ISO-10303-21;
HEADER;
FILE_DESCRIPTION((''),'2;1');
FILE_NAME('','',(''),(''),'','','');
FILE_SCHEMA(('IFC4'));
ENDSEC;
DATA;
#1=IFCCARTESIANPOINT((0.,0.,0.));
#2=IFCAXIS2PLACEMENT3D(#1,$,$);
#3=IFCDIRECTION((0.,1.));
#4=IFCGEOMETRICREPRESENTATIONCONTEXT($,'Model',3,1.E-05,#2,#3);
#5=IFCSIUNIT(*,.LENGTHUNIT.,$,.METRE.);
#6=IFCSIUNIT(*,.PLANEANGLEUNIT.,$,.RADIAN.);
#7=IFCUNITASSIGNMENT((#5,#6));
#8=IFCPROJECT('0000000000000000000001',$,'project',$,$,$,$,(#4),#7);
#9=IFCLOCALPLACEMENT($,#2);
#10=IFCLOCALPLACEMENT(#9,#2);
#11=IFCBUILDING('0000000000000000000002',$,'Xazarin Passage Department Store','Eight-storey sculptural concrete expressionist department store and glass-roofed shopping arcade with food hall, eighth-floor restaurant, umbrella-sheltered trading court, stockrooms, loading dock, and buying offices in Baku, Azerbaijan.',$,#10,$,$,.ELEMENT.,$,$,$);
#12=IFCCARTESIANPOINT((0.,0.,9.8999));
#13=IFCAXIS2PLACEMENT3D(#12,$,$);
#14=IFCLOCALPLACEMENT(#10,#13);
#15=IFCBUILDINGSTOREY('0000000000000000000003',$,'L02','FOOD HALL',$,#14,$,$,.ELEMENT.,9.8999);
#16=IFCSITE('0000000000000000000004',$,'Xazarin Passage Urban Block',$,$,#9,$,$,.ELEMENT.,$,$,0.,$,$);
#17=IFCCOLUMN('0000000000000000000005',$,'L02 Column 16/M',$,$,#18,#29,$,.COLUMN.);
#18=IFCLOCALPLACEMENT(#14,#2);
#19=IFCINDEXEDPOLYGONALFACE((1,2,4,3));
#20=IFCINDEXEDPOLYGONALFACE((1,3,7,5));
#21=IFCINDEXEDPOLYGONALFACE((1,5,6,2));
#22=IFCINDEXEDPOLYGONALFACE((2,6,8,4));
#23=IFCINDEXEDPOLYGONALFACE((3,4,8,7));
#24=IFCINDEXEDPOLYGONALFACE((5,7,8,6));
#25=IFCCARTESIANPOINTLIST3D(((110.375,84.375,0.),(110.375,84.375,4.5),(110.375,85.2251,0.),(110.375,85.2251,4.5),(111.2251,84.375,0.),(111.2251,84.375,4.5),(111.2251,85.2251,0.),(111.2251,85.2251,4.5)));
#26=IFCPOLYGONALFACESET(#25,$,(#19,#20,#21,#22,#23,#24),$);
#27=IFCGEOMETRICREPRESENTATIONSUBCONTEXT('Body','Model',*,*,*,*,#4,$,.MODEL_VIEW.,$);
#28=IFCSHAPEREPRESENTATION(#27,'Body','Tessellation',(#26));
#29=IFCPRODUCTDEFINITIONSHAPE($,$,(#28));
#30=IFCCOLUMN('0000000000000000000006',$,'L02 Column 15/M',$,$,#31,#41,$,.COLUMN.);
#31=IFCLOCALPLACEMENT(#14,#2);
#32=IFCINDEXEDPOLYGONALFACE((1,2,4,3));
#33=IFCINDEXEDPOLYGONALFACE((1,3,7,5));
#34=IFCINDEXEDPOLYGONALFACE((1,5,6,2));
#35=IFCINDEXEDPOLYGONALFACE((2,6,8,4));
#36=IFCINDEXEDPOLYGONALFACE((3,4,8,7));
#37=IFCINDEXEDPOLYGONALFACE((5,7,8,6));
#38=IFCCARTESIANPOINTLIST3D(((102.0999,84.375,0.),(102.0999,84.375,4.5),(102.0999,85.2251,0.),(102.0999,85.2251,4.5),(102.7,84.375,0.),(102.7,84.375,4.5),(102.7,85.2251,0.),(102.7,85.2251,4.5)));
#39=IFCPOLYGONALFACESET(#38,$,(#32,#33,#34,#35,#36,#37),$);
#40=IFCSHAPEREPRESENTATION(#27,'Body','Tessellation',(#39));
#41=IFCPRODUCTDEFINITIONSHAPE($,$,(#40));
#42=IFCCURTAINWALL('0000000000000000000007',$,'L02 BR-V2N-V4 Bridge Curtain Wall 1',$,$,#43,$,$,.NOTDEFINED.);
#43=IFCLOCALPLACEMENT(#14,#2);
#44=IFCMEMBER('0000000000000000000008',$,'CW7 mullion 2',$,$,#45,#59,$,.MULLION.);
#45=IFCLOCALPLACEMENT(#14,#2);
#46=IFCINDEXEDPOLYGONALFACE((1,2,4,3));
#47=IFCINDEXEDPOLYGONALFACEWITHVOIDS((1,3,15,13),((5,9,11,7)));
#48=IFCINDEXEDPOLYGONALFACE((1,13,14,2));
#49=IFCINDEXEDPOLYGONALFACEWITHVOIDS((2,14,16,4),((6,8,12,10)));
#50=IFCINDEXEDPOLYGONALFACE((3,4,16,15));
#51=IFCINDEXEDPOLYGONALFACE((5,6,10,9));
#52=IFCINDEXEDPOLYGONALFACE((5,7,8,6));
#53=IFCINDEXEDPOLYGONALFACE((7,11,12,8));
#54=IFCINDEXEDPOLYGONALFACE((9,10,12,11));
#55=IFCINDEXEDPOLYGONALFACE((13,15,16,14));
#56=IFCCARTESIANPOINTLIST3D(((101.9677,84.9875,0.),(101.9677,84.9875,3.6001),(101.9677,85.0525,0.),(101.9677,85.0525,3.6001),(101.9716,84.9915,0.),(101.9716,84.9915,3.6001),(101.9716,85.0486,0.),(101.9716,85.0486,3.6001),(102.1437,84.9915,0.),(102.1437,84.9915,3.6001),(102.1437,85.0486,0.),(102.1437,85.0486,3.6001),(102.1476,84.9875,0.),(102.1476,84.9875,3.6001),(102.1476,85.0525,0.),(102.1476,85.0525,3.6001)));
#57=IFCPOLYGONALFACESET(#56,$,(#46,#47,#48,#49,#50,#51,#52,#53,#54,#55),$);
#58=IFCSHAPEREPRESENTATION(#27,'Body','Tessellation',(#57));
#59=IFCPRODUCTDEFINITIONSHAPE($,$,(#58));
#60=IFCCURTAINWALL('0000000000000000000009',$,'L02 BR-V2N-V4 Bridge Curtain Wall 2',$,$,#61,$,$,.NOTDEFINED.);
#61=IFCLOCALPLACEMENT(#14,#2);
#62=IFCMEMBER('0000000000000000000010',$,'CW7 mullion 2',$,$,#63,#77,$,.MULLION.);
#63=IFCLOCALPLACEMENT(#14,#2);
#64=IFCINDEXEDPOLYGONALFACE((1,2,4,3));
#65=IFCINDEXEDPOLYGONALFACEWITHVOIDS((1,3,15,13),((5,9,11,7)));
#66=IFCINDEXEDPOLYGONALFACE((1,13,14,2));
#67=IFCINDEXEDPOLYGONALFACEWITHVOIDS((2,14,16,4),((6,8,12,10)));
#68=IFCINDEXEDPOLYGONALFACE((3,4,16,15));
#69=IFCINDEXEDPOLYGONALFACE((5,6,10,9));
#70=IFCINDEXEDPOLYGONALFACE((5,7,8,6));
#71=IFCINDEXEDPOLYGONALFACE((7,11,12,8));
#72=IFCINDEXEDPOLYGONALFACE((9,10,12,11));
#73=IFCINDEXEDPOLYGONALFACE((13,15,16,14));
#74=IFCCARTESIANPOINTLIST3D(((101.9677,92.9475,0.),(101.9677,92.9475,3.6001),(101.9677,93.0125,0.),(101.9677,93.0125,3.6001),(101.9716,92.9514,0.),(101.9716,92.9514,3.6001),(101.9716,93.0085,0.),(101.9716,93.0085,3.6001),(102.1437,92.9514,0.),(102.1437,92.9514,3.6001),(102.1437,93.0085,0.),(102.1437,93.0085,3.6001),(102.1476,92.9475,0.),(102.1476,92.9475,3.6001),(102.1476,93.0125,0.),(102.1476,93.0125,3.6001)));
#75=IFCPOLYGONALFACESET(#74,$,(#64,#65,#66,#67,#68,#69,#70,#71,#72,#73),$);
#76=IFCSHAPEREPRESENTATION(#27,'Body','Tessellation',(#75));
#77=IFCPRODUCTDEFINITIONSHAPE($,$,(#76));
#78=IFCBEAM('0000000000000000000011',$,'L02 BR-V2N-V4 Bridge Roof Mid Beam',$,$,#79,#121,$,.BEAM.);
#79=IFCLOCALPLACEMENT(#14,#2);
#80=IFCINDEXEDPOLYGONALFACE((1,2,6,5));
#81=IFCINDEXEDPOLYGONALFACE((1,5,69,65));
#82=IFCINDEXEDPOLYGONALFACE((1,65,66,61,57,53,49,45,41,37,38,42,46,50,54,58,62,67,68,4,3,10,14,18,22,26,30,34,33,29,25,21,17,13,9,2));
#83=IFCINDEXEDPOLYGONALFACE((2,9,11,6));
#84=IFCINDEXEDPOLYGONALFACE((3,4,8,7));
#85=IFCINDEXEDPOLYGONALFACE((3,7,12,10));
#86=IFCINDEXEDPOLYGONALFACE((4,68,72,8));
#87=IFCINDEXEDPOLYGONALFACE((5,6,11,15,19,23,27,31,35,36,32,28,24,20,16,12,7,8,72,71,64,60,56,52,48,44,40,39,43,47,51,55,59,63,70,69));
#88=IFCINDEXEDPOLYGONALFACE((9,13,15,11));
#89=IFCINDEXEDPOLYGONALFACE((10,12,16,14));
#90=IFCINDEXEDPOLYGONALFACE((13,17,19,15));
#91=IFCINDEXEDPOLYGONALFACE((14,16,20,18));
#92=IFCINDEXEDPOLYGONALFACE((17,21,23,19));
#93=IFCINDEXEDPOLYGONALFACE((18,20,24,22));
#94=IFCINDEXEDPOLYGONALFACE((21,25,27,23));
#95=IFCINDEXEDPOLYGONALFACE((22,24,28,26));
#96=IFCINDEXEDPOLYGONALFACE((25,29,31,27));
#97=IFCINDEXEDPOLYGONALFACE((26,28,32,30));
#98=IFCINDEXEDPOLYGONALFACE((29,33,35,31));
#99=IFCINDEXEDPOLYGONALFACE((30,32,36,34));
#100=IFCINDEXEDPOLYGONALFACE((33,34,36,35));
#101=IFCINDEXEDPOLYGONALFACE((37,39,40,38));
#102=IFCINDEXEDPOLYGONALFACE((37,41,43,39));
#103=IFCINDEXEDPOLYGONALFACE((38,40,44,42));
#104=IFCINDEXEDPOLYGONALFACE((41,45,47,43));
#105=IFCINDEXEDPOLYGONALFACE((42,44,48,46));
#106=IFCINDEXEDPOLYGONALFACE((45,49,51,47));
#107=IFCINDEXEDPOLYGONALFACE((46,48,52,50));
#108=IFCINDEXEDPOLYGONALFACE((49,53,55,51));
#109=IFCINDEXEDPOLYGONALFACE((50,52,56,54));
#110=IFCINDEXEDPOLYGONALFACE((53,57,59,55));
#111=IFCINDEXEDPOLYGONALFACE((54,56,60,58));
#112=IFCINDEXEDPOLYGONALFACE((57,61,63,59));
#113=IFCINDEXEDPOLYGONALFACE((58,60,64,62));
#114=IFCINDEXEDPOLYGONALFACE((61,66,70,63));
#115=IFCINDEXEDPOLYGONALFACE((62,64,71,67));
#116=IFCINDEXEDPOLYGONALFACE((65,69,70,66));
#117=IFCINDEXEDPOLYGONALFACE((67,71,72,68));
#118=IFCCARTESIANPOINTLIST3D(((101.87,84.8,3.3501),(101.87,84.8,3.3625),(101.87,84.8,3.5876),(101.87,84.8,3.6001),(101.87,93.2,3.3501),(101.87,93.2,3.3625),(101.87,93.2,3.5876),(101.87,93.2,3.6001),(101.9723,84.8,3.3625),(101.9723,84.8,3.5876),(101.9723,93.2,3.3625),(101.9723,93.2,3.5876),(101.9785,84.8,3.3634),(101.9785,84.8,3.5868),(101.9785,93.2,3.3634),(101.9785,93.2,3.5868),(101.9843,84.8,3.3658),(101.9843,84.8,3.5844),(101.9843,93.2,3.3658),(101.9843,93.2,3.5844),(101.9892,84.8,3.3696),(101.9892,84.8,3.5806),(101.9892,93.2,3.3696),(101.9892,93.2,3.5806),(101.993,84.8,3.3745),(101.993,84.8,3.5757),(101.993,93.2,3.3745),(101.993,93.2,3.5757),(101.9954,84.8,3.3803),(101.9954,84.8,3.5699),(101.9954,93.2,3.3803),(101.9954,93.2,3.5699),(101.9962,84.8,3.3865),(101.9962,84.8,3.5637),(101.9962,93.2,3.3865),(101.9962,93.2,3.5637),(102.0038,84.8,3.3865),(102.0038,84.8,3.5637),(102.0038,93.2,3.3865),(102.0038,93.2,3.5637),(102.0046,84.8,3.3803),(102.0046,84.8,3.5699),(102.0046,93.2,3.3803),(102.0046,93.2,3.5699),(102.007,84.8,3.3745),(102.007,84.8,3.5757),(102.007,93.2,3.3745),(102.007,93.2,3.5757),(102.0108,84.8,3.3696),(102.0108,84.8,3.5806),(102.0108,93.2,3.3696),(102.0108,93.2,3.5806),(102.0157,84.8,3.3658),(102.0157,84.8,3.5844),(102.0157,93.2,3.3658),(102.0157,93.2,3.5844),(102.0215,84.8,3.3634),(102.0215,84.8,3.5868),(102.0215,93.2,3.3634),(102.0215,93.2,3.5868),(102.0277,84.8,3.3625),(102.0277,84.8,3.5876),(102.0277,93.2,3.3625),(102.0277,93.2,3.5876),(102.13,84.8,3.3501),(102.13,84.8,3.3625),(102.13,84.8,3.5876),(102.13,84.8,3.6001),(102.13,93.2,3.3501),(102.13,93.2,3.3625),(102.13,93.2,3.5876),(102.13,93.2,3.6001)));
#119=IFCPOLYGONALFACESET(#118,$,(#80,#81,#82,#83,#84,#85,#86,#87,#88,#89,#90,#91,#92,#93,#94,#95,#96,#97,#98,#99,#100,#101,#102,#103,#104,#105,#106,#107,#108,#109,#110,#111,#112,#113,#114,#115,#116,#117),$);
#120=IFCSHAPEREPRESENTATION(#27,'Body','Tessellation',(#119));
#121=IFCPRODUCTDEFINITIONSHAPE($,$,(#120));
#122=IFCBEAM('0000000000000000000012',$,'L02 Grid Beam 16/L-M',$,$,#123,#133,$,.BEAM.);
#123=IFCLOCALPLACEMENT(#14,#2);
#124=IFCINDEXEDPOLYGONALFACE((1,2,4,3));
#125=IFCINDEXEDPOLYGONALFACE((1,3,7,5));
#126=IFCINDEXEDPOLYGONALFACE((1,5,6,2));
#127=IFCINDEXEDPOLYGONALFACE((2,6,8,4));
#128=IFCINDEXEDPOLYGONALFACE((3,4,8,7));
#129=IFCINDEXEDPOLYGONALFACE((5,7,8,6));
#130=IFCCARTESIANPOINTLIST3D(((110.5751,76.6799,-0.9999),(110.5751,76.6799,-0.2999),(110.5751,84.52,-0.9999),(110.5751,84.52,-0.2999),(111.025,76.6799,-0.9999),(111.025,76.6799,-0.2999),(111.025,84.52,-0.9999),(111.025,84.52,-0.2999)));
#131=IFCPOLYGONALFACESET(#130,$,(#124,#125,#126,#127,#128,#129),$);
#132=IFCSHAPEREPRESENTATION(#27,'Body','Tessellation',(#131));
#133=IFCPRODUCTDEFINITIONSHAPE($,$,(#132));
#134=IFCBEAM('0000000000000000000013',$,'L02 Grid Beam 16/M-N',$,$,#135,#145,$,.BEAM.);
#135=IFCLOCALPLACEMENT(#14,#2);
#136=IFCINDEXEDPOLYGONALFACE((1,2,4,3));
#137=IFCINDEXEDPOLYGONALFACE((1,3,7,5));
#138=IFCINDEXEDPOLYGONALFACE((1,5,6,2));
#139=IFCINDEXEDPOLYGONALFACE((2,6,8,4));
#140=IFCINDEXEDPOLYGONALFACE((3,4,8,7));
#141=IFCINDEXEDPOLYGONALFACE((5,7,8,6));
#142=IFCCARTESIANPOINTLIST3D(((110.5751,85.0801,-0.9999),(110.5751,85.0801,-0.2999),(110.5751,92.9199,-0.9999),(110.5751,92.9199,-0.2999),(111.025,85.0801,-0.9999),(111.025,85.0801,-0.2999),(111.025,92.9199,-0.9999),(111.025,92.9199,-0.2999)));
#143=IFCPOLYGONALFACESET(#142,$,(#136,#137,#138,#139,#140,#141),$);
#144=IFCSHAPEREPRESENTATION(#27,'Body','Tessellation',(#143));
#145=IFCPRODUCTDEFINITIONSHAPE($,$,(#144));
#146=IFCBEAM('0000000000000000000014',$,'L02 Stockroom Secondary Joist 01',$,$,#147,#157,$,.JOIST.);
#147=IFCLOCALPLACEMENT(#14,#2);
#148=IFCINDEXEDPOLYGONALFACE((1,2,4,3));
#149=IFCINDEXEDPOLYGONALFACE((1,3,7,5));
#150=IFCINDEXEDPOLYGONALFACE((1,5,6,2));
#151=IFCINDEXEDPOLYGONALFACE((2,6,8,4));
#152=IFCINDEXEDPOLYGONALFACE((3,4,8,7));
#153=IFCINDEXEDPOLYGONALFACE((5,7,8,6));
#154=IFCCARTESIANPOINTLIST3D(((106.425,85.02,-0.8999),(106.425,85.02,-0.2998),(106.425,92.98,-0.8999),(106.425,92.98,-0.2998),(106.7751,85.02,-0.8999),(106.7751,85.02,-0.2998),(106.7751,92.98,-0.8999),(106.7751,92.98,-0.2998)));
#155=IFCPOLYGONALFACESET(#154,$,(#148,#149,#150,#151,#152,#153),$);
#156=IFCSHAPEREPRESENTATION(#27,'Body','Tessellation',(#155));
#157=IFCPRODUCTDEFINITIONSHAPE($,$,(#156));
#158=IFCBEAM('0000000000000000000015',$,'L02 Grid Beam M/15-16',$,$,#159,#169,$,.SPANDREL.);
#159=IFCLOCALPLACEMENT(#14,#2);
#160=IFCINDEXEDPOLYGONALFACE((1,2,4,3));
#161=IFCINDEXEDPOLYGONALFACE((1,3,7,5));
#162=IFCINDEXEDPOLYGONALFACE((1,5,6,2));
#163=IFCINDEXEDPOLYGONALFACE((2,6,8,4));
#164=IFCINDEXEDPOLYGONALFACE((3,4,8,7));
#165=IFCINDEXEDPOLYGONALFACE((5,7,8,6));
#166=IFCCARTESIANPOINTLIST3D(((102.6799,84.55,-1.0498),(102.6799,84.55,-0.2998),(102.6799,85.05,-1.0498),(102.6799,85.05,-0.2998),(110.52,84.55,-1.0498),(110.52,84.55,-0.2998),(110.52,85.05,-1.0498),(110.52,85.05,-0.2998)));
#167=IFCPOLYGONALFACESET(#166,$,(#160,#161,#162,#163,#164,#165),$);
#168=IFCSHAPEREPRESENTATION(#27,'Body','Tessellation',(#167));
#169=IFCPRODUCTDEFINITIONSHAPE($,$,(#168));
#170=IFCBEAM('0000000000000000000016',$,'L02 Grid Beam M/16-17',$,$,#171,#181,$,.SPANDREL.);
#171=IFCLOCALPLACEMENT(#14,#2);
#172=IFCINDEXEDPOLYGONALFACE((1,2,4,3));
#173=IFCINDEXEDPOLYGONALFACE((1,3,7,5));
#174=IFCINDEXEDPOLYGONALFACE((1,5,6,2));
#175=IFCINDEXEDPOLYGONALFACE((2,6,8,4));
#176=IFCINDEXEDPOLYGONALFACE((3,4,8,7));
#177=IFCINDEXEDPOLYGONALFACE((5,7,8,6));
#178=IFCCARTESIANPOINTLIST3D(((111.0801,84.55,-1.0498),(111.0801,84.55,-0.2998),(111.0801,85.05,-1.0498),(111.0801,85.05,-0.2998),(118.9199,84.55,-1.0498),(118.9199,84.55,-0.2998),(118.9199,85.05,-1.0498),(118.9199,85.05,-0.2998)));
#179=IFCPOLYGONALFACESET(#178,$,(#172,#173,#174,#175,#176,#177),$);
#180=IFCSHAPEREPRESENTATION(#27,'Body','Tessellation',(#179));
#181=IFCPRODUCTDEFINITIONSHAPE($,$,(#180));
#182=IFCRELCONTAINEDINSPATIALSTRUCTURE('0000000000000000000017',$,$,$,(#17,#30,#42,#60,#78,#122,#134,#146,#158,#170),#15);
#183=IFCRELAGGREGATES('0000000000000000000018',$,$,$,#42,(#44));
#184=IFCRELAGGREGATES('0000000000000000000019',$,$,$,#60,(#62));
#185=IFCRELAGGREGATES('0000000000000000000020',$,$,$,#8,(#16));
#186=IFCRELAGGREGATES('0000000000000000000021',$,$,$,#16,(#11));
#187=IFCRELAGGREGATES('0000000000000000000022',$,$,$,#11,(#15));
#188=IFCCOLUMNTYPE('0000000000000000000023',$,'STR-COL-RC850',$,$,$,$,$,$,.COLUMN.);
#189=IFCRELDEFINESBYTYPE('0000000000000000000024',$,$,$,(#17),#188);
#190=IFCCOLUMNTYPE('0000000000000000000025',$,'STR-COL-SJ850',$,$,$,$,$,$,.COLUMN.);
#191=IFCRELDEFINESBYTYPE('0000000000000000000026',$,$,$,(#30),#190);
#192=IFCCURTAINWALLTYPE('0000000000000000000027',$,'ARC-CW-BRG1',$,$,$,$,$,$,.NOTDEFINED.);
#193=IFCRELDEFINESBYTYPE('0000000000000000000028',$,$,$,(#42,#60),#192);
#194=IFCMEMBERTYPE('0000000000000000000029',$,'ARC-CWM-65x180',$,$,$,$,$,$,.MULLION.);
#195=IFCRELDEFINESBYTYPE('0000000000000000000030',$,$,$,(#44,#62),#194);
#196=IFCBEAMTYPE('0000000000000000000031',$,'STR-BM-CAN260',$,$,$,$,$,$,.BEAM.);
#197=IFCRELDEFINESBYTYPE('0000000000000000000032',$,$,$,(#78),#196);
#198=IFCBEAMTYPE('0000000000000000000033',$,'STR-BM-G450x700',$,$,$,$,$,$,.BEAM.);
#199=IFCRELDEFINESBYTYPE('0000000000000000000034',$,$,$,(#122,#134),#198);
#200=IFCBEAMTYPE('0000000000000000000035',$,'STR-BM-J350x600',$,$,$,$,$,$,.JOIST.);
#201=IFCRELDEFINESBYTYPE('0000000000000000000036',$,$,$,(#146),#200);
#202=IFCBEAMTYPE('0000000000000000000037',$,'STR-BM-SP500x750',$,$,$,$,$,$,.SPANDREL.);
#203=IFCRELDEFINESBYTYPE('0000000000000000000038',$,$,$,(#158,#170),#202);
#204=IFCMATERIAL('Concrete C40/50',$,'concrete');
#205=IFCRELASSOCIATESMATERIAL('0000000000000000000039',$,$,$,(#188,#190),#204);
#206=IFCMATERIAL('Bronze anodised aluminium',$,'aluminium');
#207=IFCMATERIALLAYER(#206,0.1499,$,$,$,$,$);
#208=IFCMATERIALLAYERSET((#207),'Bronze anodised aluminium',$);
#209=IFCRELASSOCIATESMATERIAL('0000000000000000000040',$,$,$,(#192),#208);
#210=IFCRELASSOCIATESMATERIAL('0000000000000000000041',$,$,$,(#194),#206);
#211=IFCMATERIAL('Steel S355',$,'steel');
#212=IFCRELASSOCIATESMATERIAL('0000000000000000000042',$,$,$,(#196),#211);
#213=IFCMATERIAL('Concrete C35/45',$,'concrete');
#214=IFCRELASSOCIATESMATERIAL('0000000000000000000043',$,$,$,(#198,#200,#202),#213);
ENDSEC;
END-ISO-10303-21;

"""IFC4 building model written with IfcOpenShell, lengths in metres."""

from ifc_helpers import new_model, si_unit, direction, frame, origin, origin_2d, place, context, subcontext, project, spatial, rectangle, hollow_rectangle, i_section, extrude, material, layer, layer_set, material_profile, profile_set, type_object, element, aggregate, save


model = new_model("IFC4")

# Units and contexts
model_context = context("Model", 3, precision=1e-05, world=origin(), true_north=direction((0.0, 1.0)))
body_context = subcontext(model_context, "Body", "Model", "MODEL_VIEW")
ifc_project = project(units=[si_unit("LENGTHUNIT", "METRE"), si_unit("PLANEANGLEUNIT", "RADIAN")], contexts=[model_context])

# Site, building, storey
site_placement = place(None, origin())
site = spatial("IfcSite", under=ifc_project, at=site_placement, Name="Xazarin Passage Urban Block", CompositionType="ELEMENT", RefElevation=0.0)
building_placement = place(site_placement, origin())
building = spatial("IfcBuilding", under=site, at=building_placement, Name="Xazarin Passage Department Store", Description="Eight-storey sculptural concrete expressionist department store and glass-roofed shopping arcade with food hall, eighth-floor restaurant, umbrella-sheltered trading court, stockrooms, loading dock, and buying offices in Baku, Azerbaijan.", CompositionType="ELEMENT")
storey_placement = place(building_placement, frame((0.0, 0.0, 9.8999)))
storey = spatial("IfcBuildingStorey", under=building, at=storey_placement, Name="L02", Description="FOOD HALL", CompositionType="ELEMENT", Elevation=9.8999)

# Columns
ifc_material_1 = material(Name="Concrete C40/50", Category="concrete")
ifc_material_profile_1 = material_profile(ifc_material_1, rectangle(XDim=0.8501, YDim=0.8501, at=origin_2d()), Name="RC 850x850")
ifc_profile_set_1 = profile_set([ifc_material_profile_1], Name="Concrete C40/50")
column_type_1 = type_object("IfcColumnType", Name="STR-COL-RC850", PredefinedType="COLUMN", material=ifc_profile_set_1)
column_1_placement = place(storey_placement, frame((110.8, 84.8, 0.0), z_axis=(0.0, 0.0, 1.0), x_axis=(1.0, 0.0, 0.0)))
element("IfcColumn", 1, at=column_1_placement, inside=storey, type_object=column_type_1, Name="L02 Column 16/M", PredefinedType="COLUMN", context=body_context, shape_type="SweptSolid", body=[
    extrude(rectangle(XDim=0.8501, YDim=0.8501, at=origin_2d()), origin(), (0.0, 0.0, 1.0), 4.5),
])
ifc_material_profile_2 = material_profile(ifc_material_1, rectangle(XDim=0.6001, YDim=0.8501, at=origin_2d()), Name="RC 600x850")
ifc_profile_set_2 = profile_set([ifc_material_profile_2], Name="Concrete C40/50")
column_type_2 = type_object("IfcColumnType", Name="STR-COL-SJ850", PredefinedType="COLUMN", material=ifc_profile_set_2)
column_2_placement = place(storey_placement, frame((102.3999, 84.8, 0.0), z_axis=(0.0, 0.0, 1.0), x_axis=(1.0, 0.0, 0.0)))
element("IfcColumn", 2, at=column_2_placement, inside=storey, type_object=column_type_2, Name="L02 Column 15/M", PredefinedType="COLUMN", context=body_context, shape_type="SweptSolid", body=[
    extrude(rectangle(XDim=0.6001, YDim=0.8501, at=origin_2d()), origin(), (0.0, 0.0, 1.0), 4.5),
])

# Curtain walls, members
ifc_material_2 = material(Name="Bronze anodised aluminium", Category="aluminium")
ifc_layer_1 = layer(ifc_material_2, 0.1499)
ifc_layer_set_1 = layer_set([ifc_layer_1], Name="Bronze anodised aluminium")
curtain_wall_type = type_object("IfcCurtainWallType", Name="ARC-CW-BRG1", PredefinedType="NOTDEFINED", material=ifc_layer_set_1)
curtain_wall_1_placement = place(storey_placement, origin())
curtain_wall_1 = element("IfcCurtainWall", 3, at=curtain_wall_1_placement, inside=storey, type_object=curtain_wall_type, Name="L02 BR-V2N-V4 Bridge Curtain Wall 1", PredefinedType="NOTDEFINED")
ifc_material_profile_3 = material_profile(ifc_material_2, hollow_rectangle(XDim=0.0649, YDim=0.1799, WallThickness=0.0039, at=origin_2d()), Name="ALU 65x180")
ifc_profile_set_3 = profile_set([ifc_material_profile_3], Name="Bronze anodised aluminium")
member_type = type_object("IfcMemberType", Name="ARC-CWM-65x180", PredefinedType="MULLION", material=ifc_profile_set_3)
member_1_placement = place(storey_placement, frame((102.0576, 85.02, 0.0), z_axis=(0.0, 0.0, 1.0), x_axis=(0.0, 1.0, 0.0)))
member_1 = element("IfcMember", 4, at=member_1_placement, type_object=member_type, Name="CW7 mullion 2", PredefinedType="MULLION", context=body_context, shape_type="SweptSolid", body=[
    extrude(hollow_rectangle(XDim=0.0649, YDim=0.1799, WallThickness=0.0039, at=origin_2d()), origin(), (0.0, 0.0, 1.0), 3.6001),
])
curtain_wall_2_placement = place(storey_placement, origin())
curtain_wall_2 = element("IfcCurtainWall", 5, at=curtain_wall_2_placement, inside=storey, type_object=curtain_wall_type, Name="L02 BR-V2N-V4 Bridge Curtain Wall 2", PredefinedType="NOTDEFINED")
member_2_placement = place(storey_placement, frame((102.0576, 92.98, 0.0), z_axis=(0.0, 0.0, 1.0), x_axis=(0.0, 1.0, 0.0)))
member_2 = element("IfcMember", 6, at=member_2_placement, type_object=member_type, Name="CW7 mullion 2", PredefinedType="MULLION", context=body_context, shape_type="SweptSolid", body=[
    extrude(hollow_rectangle(XDim=0.0649, YDim=0.1799, WallThickness=0.0039, at=origin_2d()), origin(), (0.0, 0.0, 1.0), 3.6001),
])

# Beams
ifc_material_3 = material(Name="Steel S355", Category="steel")
ifc_material_profile_4 = material_profile(ifc_material_3, i_section(OverallWidth=0.26, OverallDepth=0.25, WebThickness=0.0076, FlangeThickness=0.0125, FilletRadius=0.0239, at=origin_2d()), Name="HEA 260")
ifc_profile_set_4 = profile_set([ifc_material_profile_4], Name="Steel S355")
beam_type_1 = type_object("IfcBeamType", Name="STR-BM-CAN260", PredefinedType="BEAM", material=ifc_profile_set_4)
beam_1_placement = place(storey_placement, frame((102.0, 84.8, 3.4751), z_axis=(0.0, 1.0, 0.0), x_axis=(-1.0, 0.0, 0.0)))
element("IfcBeam", 7, at=beam_1_placement, inside=storey, type_object=beam_type_1, Name="L02 BR-V2N-V4 Bridge Roof Mid Beam", PredefinedType="BEAM", context=body_context, shape_type="SweptSolid", body=[
    extrude(i_section(OverallWidth=0.26, OverallDepth=0.25, WebThickness=0.0076, FlangeThickness=0.0125, FilletRadius=0.0239, at=origin_2d()), origin(), (0.0, 0.0, 1.0), 8.3999),
])
ifc_material_4 = material(Name="Concrete C35/45", Category="concrete")
ifc_material_profile_5 = material_profile(ifc_material_4, rectangle(XDim=0.45, YDim=0.7, at=origin_2d()), Name="RC 450x700")
ifc_profile_set_5 = profile_set([ifc_material_profile_5], Name="Concrete C35/45")
beam_type_2 = type_object("IfcBeamType", Name="STR-BM-G450x700", PredefinedType="BEAM", material=ifc_profile_set_5)
beam_2_placement = place(storey_placement, frame((110.8, 76.6799, -0.6499), z_axis=(0.0, 1.0, 0.0), x_axis=(-1.0, 0.0, 0.0)))
element("IfcBeam", 8, at=beam_2_placement, inside=storey, type_object=beam_type_2, Name="L02 Grid Beam 16/L-M", PredefinedType="BEAM", context=body_context, shape_type="SweptSolid", body=[
    extrude(rectangle(XDim=0.45, YDim=0.7, at=origin_2d()), origin(), (0.0, 0.0, 1.0), 7.8401),
])
beam_3_placement = place(storey_placement, frame((110.8, 85.0801, -0.6499), z_axis=(0.0, 1.0, 0.0), x_axis=(-1.0, 0.0, 0.0)))
element("IfcBeam", 9, at=beam_3_placement, inside=storey, type_object=beam_type_2, Name="L02 Grid Beam 16/M-N", PredefinedType="BEAM", context=body_context, shape_type="SweptSolid", body=[
    extrude(rectangle(XDim=0.45, YDim=0.7, at=origin_2d()), origin(), (0.0, 0.0, 1.0), 7.8398),
])
ifc_material_profile_6 = material_profile(ifc_material_4, rectangle(XDim=0.3501, YDim=0.6001, at=origin_2d()), Name="RC 350x600")
ifc_profile_set_6 = profile_set([ifc_material_profile_6], Name="Concrete C35/45")
beam_type_3 = type_object("IfcBeamType", Name="STR-BM-J350x600", PredefinedType="JOIST", material=ifc_profile_set_6)
beam_4_placement = place(storey_placement, frame((106.6001, 85.02, -0.5999), z_axis=(0.0, 1.0, 0.0), x_axis=(-1.0, 0.0, 0.0)))
element("IfcBeam", 10, at=beam_4_placement, inside=storey, type_object=beam_type_3, Name="L02 Stockroom Secondary Joist 01", PredefinedType="JOIST", context=body_context, shape_type="SweptSolid", body=[
    extrude(rectangle(XDim=0.3501, YDim=0.6001, at=origin_2d()), origin(), (0.0, 0.0, 1.0), 7.96),
])
ifc_material_profile_7 = material_profile(ifc_material_4, rectangle(XDim=0.5, YDim=0.75, at=origin_2d()), Name="RC 500x750")
ifc_profile_set_7 = profile_set([ifc_material_profile_7], Name="Concrete C35/45")
beam_type_4 = type_object("IfcBeamType", Name="STR-BM-SP500x750", PredefinedType="SPANDREL", material=ifc_profile_set_7)
beam_5_placement = place(storey_placement, frame((102.6799, 84.8, -0.6748), z_axis=(1.0, 0.0, 0.0), x_axis=(0.0, 1.0, 0.0)))
element("IfcBeam", 11, at=beam_5_placement, inside=storey, type_object=beam_type_4, Name="L02 Grid Beam M/15-16", PredefinedType="SPANDREL", context=body_context, shape_type="SweptSolid", body=[
    extrude(rectangle(XDim=0.5, YDim=0.75, at=origin_2d()), origin(), (0.0, 0.0, 1.0), 7.8401),
])
beam_6_placement = place(storey_placement, frame((111.0801, 84.8, -0.6748), z_axis=(1.0, 0.0, 0.0), x_axis=(0.0, 1.0, 0.0)))
element("IfcBeam", 12, at=beam_6_placement, inside=storey, type_object=beam_type_4, Name="L02 Grid Beam M/16-17", PredefinedType="SPANDREL", context=body_context, shape_type="SweptSolid", body=[
    extrude(rectangle(XDim=0.5, YDim=0.75, at=origin_2d()), origin(), (0.0, 0.0, 1.0), 7.8398),
])

aggregate(curtain_wall_1, [member_1])
aggregate(curtain_wall_2, [member_2])

save(model, "model.ifc")
